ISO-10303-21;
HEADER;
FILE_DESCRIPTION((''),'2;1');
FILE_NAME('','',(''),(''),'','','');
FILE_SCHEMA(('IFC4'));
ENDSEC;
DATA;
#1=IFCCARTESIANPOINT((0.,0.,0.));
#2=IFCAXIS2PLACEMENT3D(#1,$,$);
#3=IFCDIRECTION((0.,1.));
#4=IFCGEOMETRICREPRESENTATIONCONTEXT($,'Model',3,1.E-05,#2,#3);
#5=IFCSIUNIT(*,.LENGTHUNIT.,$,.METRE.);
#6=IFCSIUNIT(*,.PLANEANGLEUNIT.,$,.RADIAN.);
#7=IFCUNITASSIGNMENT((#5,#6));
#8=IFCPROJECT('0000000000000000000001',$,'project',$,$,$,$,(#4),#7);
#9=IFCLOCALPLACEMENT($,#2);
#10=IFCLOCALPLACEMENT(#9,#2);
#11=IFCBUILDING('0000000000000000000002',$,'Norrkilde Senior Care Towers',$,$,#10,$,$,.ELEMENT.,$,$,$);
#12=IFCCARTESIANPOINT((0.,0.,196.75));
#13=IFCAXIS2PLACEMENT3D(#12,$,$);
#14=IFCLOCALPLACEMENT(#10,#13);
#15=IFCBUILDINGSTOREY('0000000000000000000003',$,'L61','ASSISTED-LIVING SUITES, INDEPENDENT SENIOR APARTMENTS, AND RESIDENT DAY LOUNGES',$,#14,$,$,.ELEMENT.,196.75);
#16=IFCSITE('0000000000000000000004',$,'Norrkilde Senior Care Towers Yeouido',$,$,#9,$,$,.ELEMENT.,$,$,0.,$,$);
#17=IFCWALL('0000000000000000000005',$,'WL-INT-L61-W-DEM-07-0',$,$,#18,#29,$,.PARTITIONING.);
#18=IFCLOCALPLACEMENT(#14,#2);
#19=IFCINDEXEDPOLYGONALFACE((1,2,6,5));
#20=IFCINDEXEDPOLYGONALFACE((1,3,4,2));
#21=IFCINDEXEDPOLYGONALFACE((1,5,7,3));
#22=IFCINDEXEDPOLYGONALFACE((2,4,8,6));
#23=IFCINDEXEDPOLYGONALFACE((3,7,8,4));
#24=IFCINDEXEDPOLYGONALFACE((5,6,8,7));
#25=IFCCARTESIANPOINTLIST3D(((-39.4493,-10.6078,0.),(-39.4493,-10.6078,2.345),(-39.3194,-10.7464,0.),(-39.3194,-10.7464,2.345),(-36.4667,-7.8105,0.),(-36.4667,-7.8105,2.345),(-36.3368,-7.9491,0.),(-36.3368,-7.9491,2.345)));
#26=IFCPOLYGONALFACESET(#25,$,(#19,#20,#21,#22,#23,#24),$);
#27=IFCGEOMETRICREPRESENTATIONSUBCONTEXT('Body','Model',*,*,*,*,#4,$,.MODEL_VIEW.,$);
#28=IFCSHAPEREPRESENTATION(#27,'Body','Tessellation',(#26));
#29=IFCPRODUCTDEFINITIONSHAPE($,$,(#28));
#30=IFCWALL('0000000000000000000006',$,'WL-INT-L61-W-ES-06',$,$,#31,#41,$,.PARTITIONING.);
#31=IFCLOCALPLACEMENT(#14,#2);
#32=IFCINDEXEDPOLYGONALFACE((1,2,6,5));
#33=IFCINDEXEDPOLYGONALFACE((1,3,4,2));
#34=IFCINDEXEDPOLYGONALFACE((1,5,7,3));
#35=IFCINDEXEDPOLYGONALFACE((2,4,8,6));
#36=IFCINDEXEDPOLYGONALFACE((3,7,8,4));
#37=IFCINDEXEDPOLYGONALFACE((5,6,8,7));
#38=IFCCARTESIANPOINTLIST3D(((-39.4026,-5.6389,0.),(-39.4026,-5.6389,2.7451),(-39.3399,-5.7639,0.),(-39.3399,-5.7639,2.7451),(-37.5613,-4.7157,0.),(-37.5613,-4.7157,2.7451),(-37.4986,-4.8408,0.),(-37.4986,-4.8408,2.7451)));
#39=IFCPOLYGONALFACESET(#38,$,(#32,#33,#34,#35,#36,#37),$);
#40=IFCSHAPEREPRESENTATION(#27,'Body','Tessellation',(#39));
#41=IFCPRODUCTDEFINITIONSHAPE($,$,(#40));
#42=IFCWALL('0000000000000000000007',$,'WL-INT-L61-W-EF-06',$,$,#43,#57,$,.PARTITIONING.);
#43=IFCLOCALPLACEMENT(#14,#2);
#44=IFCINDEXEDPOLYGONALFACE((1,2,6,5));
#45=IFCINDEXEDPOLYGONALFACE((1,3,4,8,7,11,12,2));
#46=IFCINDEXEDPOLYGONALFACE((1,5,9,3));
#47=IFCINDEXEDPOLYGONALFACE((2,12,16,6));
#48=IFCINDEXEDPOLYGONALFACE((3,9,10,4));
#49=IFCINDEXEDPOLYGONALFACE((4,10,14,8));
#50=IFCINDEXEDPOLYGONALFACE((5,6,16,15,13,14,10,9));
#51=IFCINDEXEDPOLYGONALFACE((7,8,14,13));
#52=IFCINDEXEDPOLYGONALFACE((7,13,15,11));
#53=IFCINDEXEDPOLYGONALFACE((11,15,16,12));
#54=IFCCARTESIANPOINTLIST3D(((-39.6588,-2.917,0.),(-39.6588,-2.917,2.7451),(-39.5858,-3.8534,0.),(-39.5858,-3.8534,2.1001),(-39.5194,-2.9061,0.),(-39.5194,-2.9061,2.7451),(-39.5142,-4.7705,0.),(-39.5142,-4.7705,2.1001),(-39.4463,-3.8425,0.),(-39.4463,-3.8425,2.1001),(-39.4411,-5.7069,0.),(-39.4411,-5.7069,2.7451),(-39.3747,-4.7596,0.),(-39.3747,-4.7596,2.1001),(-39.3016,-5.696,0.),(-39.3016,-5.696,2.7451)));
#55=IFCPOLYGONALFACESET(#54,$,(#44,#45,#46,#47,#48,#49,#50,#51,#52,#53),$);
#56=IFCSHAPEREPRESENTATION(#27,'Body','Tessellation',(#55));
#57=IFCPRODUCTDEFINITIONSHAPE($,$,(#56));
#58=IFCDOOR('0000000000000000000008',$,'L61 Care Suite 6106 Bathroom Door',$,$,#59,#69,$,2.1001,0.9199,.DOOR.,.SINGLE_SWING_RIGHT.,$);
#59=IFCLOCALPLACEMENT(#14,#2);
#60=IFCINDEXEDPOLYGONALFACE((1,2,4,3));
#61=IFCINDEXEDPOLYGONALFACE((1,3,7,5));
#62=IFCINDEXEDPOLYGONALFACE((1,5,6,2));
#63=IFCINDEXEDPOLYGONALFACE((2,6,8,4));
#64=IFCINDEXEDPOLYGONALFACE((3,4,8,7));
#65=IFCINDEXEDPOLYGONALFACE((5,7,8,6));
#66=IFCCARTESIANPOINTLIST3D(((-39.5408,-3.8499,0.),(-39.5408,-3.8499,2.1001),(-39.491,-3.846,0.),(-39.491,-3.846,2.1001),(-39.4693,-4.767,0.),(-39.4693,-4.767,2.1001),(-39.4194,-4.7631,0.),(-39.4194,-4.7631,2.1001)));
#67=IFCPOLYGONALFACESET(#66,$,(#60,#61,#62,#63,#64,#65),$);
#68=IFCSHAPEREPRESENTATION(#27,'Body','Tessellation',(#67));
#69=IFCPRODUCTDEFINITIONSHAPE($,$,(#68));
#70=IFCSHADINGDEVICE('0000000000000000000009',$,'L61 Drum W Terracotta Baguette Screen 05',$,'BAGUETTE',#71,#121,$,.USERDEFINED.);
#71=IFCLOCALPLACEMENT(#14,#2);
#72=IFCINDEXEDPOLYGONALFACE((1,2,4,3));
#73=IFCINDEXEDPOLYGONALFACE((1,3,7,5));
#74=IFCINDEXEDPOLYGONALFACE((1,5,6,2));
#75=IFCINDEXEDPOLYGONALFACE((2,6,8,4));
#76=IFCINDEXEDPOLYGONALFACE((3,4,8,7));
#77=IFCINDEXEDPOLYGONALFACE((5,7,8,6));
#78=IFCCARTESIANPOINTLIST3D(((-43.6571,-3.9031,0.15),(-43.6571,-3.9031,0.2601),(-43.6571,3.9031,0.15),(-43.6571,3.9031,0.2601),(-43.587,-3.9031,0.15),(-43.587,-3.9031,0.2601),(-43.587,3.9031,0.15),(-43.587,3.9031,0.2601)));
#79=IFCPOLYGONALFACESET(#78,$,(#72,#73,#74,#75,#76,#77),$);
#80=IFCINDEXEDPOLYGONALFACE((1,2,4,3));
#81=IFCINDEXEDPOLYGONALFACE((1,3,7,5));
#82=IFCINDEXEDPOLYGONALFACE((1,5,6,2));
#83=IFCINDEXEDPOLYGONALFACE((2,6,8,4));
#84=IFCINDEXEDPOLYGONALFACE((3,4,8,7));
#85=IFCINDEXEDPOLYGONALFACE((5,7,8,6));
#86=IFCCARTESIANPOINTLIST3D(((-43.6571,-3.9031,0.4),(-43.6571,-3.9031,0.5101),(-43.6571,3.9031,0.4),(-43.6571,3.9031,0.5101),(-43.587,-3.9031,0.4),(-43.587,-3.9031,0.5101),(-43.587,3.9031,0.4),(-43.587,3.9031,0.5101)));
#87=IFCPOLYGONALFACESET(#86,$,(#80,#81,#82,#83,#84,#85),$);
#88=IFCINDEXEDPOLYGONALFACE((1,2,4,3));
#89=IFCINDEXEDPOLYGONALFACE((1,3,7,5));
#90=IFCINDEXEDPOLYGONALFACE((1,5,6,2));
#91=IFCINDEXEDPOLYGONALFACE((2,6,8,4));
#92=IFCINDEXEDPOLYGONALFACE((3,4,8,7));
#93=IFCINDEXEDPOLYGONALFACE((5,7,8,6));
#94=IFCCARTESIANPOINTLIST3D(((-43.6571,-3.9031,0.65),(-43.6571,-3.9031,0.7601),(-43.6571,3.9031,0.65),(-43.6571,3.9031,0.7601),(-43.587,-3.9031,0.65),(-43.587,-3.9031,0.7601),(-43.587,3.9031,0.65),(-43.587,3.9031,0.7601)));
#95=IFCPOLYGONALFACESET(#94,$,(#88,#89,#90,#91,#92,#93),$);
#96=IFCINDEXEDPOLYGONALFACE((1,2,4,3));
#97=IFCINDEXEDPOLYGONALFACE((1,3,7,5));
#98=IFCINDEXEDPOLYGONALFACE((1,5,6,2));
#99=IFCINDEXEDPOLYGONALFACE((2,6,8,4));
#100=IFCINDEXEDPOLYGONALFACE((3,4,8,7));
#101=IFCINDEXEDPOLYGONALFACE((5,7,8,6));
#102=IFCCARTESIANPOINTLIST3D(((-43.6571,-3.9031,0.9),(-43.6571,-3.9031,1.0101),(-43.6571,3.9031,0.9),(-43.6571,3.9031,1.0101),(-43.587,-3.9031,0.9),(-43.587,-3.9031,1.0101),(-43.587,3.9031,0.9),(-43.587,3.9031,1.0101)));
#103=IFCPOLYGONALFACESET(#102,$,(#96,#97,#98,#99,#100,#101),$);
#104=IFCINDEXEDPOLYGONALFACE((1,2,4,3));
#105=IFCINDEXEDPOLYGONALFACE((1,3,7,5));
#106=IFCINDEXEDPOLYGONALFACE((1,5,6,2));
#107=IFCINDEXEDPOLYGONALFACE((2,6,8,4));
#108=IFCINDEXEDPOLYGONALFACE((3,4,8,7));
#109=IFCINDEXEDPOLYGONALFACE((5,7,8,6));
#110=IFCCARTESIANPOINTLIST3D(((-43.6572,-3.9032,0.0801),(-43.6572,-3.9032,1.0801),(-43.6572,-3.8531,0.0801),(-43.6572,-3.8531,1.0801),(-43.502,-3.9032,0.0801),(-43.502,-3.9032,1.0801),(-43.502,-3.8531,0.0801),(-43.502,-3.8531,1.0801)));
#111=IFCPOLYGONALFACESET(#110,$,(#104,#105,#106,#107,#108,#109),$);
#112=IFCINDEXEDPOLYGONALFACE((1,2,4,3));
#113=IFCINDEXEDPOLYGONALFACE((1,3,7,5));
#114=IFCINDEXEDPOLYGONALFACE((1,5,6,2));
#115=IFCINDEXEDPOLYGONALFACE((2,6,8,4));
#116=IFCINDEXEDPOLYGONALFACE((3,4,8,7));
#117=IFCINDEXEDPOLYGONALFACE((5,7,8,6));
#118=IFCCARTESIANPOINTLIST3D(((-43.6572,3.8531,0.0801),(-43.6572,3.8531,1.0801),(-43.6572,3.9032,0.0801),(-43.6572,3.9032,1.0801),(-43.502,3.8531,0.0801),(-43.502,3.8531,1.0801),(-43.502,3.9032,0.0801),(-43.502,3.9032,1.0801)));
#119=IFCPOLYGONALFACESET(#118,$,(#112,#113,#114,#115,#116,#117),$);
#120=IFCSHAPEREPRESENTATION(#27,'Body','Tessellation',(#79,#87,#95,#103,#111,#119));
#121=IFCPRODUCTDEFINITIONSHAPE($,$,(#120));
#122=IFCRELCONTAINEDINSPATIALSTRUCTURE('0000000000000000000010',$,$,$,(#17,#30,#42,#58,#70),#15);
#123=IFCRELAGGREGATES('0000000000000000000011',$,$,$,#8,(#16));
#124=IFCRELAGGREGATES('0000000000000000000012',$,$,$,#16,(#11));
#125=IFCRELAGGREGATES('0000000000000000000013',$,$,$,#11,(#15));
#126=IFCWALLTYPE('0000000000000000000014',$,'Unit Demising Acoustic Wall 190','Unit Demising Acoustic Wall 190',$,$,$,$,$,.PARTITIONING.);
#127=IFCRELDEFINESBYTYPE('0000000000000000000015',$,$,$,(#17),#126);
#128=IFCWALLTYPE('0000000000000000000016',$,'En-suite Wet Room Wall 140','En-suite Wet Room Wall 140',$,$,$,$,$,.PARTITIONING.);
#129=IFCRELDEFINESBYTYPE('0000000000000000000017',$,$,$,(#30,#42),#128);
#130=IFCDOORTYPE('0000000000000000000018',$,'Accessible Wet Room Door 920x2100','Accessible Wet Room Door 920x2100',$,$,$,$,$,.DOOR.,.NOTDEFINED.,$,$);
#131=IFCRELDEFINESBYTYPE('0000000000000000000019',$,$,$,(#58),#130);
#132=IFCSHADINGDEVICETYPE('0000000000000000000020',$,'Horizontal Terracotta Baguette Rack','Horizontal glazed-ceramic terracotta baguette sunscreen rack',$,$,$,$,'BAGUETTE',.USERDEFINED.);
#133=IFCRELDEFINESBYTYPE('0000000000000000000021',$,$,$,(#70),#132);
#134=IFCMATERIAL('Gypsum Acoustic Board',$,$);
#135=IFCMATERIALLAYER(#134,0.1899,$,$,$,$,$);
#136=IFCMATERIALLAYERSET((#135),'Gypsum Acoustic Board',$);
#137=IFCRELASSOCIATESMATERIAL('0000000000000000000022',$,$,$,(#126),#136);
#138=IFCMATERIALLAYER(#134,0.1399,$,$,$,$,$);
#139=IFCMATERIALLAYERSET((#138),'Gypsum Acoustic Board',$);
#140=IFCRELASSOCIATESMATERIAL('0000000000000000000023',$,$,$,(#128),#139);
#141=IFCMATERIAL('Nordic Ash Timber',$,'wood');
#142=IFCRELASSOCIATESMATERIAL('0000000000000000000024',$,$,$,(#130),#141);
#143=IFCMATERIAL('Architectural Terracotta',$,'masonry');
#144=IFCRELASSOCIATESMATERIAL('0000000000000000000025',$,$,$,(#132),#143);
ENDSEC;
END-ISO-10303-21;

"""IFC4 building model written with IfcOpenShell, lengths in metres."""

from ifc_helpers import new_model, si_unit, direction, frame, frame_2d, origin, origin_2d, place, context, subcontext, project, spatial, rectangle, extrude, source, transform, mapped, material, layer, layer_set, type_object, type_shapes, element, fill, save


model = new_model("IFC4")

# Units and contexts
model_context = context("Model", 3, precision=1e-05, world=origin(), true_north=direction((0.0, 1.0)))
body_context = subcontext(model_context, "Body", "Model", "MODEL_VIEW")
ifc_project = project(units=[si_unit("LENGTHUNIT", "METRE"), si_unit("PLANEANGLEUNIT", "RADIAN")], contexts=[model_context])

# Site, building, storey
site_placement = place(None, origin())
site = spatial("IfcSite", under=ifc_project, at=site_placement, Name="Norrkilde Senior Care Towers Yeouido", CompositionType="ELEMENT", RefElevation=0.0)
building_placement = place(site_placement, origin())
building = spatial("IfcBuilding", under=site, at=building_placement, Name="Norrkilde Senior Care Towers", CompositionType="ELEMENT")
storey_placement = place(building_placement, frame((0.0, 0.0, 196.75)))
storey = spatial("IfcBuildingStorey", under=building, at=storey_placement, Name="L61", Description="ASSISTED-LIVING SUITES, INDEPENDENT SENIOR APARTMENTS, AND RESIDENT DAY LOUNGES", CompositionType="ELEMENT", Elevation=196.75)

# Shared definitions
ifc_material_1 = material(Name="Gypsum Acoustic Board")
ifc_material_2 = material(Name="Nordic Ash Timber", Category="wood")

# Walls
ifc_layer_1 = layer(ifc_material_1, 0.1899)
ifc_layer_set_1 = layer_set([ifc_layer_1], Name="Gypsum Acoustic Board")
wall_type_1 = type_object("IfcWallType", Name="Unit Demising Acoustic Wall 190", Description="Unit Demising Acoustic Wall 190", PredefinedType="PARTITIONING", material=ifc_layer_set_1)
shared_shape_1 = source(origin(), body_context, "Body", "SweptSolid", [
    extrude(rectangle(XDim=4.0891, YDim=0.1899, at=frame_2d((2.0444, 0.0))), origin(), (0.0, 0.0, 1.0), 2.345),
])
type_shapes(wall_type_1, [shared_shape_1])
wall_1_placement = place(storey_placement, frame((-36.4019, -7.8799, 0.0), z_axis=(0.0, 0.0, 1.0), x_axis=(-0.729401, -0.684086, 0.0)))
element("IfcWall", 1, at=wall_1_placement, inside=storey, type_object=wall_type_1, Name="WL-INT-L61-W-DEM-07-0", PredefinedType="PARTITIONING", context=body_context, shape_type="MappedRepresentation", body=[
    mapped(shared_shape_1, transform((0.0, 0.0, 0.0), x_axis=(1.0, 0.0, 0.0), y_axis=(0.0, 1.0, 0.0), z_axis=(0.0, 0.0, 1.0), scale=1.0)),
])
ifc_layer_2 = layer(ifc_material_1, 0.1399)
ifc_layer_set_2 = layer_set([ifc_layer_2], Name="Gypsum Acoustic Board")
wall_type_2 = type_object("IfcWallType", Name="En-suite Wet Room Wall 140", Description="En-suite Wet Room Wall 140", PredefinedType="PARTITIONING", material=ifc_layer_set_2)
shared_shape_2 = source(origin(), body_context, "Body", "SweptSolid", [
    extrude(rectangle(XDim=2.0598, YDim=0.1399, at=frame_2d((1.0298, 0.0))), origin(), (0.0, 0.0, 1.0), 2.7451),
])
wall_2_placement = place(storey_placement, frame((-37.53, -4.7783, 0.0), z_axis=(0.0, 0.0, 1.0), x_axis=(-0.893953, -0.448162, 0.0)))
element("IfcWall", 2, at=wall_2_placement, inside=storey, type_object=wall_type_2, Name="WL-INT-L61-W-ES-06", PredefinedType="PARTITIONING", context=body_context, shape_type="MappedRepresentation", body=[
    mapped(shared_shape_2, transform((0.0, 0.0, 0.0), x_axis=(1.0, 0.0, 0.0), y_axis=(0.0, 1.0, 0.0), z_axis=(0.0, 0.0, 1.0), scale=1.0)),
])

# Wall, opening, door
shared_shape_3 = source(origin(), body_context, "Body", "SweptSolid", [
    extrude(rectangle(XDim=2.7983, YDim=0.1399, at=frame_2d((1.3992, 0.0))), origin(), (0.0, 0.0, 1.0), 2.7451),
])
type_shapes(wall_type_2, [shared_shape_2, shared_shape_3])
wall_3_placement = place(storey_placement, frame((-39.3713, -5.7014, 0.0), z_axis=(0.0, 0.0, 1.0), x_axis=(-0.077824, 0.996967, 0.0)))
wall_3 = element("IfcWall", 3, at=wall_3_placement, inside=storey, type_object=wall_type_2, Name="WL-INT-L61-W-EF-06", PredefinedType="PARTITIONING", context=body_context, shape_type="MappedRepresentation", body=[
    mapped(shared_shape_3, transform((0.0, 0.0, 0.0), x_axis=(1.0, 0.0, 0.0), y_axis=(0.0, 1.0, 0.0), z_axis=(0.0, 0.0, 1.0), scale=1.0)),
])
opening_1_placement = place(wall_3_placement, frame((0.9392, 0.0, 0.0)))
opening_1 = element("IfcOpeningElement", 4, at=opening_1_placement, cuts=wall_3, PredefinedType="OPENING", context=body_context, shape_type="SweptSolid", body=[
    extrude(rectangle(XDim=0.9199, YDim=2.1001, at=frame_2d((0.46, 1.05))), frame((0.0, 0.0798, 0.0), z_axis=(0.0, -1.0, 0.0), x_axis=(1.0, 0.0, 0.0)), (0.0, 0.0, 1.0), 0.1599),
])
door_type_1 = type_object("IfcDoorType", Name="Accessible Wet Room Door 920x2100", Description="Accessible Wet Room Door 920x2100", OperationType="NOTDEFINED", PredefinedType="DOOR", material=ifc_material_2)
shared_shape_4 = source(origin(), body_context, "Body", "SweptSolid", [
    extrude(rectangle(XDim=0.9199, YDim=2.1001, at=frame_2d((0.46, 1.05))), frame((0.0, 0.0249, 0.0), z_axis=(0.0, -1.0, 0.0), x_axis=(1.0, 0.0, 0.0)), (0.0, 0.0, 1.0), 0.05),
])
type_shapes(door_type_1, [shared_shape_4])
door_1_placement = place(opening_1_placement, origin())
door_1 = element("IfcDoor", 5, at=door_1_placement, inside=storey, type_object=door_type_1, Name="L61 Care Suite 6106 Bathroom Door", OperationType="SINGLE_SWING_RIGHT", OverallHeight=2.1001, OverallWidth=0.9199, PredefinedType="DOOR", context=body_context, shape_type="MappedRepresentation", body=[
    mapped(shared_shape_4, transform((0.0, 0.0, 0.0), x_axis=(1.0, 0.0, 0.0), y_axis=(0.0, 1.0, 0.0), z_axis=(0.0, 0.0, 1.0), scale=1.0)),
])
fill(opening_1, door_1)

# Shading device
ifc_material_3 = material(Name="Architectural Terracotta", Category="masonry")
shading_device_type = type_object("IfcShadingDeviceType", Name="Horizontal Terracotta Baguette Rack", Description="Horizontal glazed-ceramic terracotta baguette sunscreen rack", ElementType="BAGUETTE", PredefinedType="USERDEFINED", material=ifc_material_3)
shared_shape_5 = source(origin(), body_context, "Body", "SweptSolid", [
    extrude(rectangle(XDim=0.0701, YDim=0.1101, at=origin_2d()), frame((0.0, 0.0901, 0.125), z_axis=(1.0, 0.0, 0.0), x_axis=(0.0, 1.0, 0.0)), (0.0, 0.0, 1.0), 7.8062),
    extrude(rectangle(XDim=0.0701, YDim=0.1101, at=origin_2d()), frame((0.0, 0.0901, 0.375), z_axis=(1.0, 0.0, 0.0), x_axis=(0.0, 1.0, 0.0)), (0.0, 0.0, 1.0), 7.8062),
    extrude(rectangle(XDim=0.0701, YDim=0.1101, at=origin_2d()), frame((0.0, 0.0901, 0.625), z_axis=(1.0, 0.0, 0.0), x_axis=(0.0, 1.0, 0.0)), (0.0, 0.0, 1.0), 7.8062),
    extrude(rectangle(XDim=0.0701, YDim=0.1101, at=origin_2d()), frame((0.0, 0.0901, 0.875), z_axis=(1.0, 0.0, 0.0), x_axis=(0.0, 1.0, 0.0)), (0.0, 0.0, 1.0), 7.8062),
    extrude(rectangle(XDim=0.05, YDim=0.1553, at=origin_2d()), frame((0.0249, 0.0476, 0.0)), (0.0, 0.0, 1.0), 1.0),
    extrude(rectangle(XDim=0.05, YDim=0.1553, at=origin_2d()), frame((7.7812, 0.0476, 0.0)), (0.0, 0.0, 1.0), 1.0),
])
type_shapes(shading_device_type, [shared_shape_5])
shading_device_placement = place(storey_placement, frame((-43.532, -3.9031, 0.0801), z_axis=(0.0, 0.0, 1.0), x_axis=(0.0, 1.0, 0.0)))
element("IfcShadingDevice", 6, at=shading_device_placement, inside=storey, type_object=shading_device_type, Name="L61 Drum W Terracotta Baguette Screen 05", ObjectType="BAGUETTE", PredefinedType="USERDEFINED", context=body_context, shape_type="MappedRepresentation", body=[
    mapped(shared_shape_5, transform((0.0, 0.0, 0.0), x_axis=(1.0, 0.0, 0.0), y_axis=(0.0, 1.0, 0.0), z_axis=(0.0, 0.0, 1.0), scale=1.0)),
])

save(model, "model.ifc")
